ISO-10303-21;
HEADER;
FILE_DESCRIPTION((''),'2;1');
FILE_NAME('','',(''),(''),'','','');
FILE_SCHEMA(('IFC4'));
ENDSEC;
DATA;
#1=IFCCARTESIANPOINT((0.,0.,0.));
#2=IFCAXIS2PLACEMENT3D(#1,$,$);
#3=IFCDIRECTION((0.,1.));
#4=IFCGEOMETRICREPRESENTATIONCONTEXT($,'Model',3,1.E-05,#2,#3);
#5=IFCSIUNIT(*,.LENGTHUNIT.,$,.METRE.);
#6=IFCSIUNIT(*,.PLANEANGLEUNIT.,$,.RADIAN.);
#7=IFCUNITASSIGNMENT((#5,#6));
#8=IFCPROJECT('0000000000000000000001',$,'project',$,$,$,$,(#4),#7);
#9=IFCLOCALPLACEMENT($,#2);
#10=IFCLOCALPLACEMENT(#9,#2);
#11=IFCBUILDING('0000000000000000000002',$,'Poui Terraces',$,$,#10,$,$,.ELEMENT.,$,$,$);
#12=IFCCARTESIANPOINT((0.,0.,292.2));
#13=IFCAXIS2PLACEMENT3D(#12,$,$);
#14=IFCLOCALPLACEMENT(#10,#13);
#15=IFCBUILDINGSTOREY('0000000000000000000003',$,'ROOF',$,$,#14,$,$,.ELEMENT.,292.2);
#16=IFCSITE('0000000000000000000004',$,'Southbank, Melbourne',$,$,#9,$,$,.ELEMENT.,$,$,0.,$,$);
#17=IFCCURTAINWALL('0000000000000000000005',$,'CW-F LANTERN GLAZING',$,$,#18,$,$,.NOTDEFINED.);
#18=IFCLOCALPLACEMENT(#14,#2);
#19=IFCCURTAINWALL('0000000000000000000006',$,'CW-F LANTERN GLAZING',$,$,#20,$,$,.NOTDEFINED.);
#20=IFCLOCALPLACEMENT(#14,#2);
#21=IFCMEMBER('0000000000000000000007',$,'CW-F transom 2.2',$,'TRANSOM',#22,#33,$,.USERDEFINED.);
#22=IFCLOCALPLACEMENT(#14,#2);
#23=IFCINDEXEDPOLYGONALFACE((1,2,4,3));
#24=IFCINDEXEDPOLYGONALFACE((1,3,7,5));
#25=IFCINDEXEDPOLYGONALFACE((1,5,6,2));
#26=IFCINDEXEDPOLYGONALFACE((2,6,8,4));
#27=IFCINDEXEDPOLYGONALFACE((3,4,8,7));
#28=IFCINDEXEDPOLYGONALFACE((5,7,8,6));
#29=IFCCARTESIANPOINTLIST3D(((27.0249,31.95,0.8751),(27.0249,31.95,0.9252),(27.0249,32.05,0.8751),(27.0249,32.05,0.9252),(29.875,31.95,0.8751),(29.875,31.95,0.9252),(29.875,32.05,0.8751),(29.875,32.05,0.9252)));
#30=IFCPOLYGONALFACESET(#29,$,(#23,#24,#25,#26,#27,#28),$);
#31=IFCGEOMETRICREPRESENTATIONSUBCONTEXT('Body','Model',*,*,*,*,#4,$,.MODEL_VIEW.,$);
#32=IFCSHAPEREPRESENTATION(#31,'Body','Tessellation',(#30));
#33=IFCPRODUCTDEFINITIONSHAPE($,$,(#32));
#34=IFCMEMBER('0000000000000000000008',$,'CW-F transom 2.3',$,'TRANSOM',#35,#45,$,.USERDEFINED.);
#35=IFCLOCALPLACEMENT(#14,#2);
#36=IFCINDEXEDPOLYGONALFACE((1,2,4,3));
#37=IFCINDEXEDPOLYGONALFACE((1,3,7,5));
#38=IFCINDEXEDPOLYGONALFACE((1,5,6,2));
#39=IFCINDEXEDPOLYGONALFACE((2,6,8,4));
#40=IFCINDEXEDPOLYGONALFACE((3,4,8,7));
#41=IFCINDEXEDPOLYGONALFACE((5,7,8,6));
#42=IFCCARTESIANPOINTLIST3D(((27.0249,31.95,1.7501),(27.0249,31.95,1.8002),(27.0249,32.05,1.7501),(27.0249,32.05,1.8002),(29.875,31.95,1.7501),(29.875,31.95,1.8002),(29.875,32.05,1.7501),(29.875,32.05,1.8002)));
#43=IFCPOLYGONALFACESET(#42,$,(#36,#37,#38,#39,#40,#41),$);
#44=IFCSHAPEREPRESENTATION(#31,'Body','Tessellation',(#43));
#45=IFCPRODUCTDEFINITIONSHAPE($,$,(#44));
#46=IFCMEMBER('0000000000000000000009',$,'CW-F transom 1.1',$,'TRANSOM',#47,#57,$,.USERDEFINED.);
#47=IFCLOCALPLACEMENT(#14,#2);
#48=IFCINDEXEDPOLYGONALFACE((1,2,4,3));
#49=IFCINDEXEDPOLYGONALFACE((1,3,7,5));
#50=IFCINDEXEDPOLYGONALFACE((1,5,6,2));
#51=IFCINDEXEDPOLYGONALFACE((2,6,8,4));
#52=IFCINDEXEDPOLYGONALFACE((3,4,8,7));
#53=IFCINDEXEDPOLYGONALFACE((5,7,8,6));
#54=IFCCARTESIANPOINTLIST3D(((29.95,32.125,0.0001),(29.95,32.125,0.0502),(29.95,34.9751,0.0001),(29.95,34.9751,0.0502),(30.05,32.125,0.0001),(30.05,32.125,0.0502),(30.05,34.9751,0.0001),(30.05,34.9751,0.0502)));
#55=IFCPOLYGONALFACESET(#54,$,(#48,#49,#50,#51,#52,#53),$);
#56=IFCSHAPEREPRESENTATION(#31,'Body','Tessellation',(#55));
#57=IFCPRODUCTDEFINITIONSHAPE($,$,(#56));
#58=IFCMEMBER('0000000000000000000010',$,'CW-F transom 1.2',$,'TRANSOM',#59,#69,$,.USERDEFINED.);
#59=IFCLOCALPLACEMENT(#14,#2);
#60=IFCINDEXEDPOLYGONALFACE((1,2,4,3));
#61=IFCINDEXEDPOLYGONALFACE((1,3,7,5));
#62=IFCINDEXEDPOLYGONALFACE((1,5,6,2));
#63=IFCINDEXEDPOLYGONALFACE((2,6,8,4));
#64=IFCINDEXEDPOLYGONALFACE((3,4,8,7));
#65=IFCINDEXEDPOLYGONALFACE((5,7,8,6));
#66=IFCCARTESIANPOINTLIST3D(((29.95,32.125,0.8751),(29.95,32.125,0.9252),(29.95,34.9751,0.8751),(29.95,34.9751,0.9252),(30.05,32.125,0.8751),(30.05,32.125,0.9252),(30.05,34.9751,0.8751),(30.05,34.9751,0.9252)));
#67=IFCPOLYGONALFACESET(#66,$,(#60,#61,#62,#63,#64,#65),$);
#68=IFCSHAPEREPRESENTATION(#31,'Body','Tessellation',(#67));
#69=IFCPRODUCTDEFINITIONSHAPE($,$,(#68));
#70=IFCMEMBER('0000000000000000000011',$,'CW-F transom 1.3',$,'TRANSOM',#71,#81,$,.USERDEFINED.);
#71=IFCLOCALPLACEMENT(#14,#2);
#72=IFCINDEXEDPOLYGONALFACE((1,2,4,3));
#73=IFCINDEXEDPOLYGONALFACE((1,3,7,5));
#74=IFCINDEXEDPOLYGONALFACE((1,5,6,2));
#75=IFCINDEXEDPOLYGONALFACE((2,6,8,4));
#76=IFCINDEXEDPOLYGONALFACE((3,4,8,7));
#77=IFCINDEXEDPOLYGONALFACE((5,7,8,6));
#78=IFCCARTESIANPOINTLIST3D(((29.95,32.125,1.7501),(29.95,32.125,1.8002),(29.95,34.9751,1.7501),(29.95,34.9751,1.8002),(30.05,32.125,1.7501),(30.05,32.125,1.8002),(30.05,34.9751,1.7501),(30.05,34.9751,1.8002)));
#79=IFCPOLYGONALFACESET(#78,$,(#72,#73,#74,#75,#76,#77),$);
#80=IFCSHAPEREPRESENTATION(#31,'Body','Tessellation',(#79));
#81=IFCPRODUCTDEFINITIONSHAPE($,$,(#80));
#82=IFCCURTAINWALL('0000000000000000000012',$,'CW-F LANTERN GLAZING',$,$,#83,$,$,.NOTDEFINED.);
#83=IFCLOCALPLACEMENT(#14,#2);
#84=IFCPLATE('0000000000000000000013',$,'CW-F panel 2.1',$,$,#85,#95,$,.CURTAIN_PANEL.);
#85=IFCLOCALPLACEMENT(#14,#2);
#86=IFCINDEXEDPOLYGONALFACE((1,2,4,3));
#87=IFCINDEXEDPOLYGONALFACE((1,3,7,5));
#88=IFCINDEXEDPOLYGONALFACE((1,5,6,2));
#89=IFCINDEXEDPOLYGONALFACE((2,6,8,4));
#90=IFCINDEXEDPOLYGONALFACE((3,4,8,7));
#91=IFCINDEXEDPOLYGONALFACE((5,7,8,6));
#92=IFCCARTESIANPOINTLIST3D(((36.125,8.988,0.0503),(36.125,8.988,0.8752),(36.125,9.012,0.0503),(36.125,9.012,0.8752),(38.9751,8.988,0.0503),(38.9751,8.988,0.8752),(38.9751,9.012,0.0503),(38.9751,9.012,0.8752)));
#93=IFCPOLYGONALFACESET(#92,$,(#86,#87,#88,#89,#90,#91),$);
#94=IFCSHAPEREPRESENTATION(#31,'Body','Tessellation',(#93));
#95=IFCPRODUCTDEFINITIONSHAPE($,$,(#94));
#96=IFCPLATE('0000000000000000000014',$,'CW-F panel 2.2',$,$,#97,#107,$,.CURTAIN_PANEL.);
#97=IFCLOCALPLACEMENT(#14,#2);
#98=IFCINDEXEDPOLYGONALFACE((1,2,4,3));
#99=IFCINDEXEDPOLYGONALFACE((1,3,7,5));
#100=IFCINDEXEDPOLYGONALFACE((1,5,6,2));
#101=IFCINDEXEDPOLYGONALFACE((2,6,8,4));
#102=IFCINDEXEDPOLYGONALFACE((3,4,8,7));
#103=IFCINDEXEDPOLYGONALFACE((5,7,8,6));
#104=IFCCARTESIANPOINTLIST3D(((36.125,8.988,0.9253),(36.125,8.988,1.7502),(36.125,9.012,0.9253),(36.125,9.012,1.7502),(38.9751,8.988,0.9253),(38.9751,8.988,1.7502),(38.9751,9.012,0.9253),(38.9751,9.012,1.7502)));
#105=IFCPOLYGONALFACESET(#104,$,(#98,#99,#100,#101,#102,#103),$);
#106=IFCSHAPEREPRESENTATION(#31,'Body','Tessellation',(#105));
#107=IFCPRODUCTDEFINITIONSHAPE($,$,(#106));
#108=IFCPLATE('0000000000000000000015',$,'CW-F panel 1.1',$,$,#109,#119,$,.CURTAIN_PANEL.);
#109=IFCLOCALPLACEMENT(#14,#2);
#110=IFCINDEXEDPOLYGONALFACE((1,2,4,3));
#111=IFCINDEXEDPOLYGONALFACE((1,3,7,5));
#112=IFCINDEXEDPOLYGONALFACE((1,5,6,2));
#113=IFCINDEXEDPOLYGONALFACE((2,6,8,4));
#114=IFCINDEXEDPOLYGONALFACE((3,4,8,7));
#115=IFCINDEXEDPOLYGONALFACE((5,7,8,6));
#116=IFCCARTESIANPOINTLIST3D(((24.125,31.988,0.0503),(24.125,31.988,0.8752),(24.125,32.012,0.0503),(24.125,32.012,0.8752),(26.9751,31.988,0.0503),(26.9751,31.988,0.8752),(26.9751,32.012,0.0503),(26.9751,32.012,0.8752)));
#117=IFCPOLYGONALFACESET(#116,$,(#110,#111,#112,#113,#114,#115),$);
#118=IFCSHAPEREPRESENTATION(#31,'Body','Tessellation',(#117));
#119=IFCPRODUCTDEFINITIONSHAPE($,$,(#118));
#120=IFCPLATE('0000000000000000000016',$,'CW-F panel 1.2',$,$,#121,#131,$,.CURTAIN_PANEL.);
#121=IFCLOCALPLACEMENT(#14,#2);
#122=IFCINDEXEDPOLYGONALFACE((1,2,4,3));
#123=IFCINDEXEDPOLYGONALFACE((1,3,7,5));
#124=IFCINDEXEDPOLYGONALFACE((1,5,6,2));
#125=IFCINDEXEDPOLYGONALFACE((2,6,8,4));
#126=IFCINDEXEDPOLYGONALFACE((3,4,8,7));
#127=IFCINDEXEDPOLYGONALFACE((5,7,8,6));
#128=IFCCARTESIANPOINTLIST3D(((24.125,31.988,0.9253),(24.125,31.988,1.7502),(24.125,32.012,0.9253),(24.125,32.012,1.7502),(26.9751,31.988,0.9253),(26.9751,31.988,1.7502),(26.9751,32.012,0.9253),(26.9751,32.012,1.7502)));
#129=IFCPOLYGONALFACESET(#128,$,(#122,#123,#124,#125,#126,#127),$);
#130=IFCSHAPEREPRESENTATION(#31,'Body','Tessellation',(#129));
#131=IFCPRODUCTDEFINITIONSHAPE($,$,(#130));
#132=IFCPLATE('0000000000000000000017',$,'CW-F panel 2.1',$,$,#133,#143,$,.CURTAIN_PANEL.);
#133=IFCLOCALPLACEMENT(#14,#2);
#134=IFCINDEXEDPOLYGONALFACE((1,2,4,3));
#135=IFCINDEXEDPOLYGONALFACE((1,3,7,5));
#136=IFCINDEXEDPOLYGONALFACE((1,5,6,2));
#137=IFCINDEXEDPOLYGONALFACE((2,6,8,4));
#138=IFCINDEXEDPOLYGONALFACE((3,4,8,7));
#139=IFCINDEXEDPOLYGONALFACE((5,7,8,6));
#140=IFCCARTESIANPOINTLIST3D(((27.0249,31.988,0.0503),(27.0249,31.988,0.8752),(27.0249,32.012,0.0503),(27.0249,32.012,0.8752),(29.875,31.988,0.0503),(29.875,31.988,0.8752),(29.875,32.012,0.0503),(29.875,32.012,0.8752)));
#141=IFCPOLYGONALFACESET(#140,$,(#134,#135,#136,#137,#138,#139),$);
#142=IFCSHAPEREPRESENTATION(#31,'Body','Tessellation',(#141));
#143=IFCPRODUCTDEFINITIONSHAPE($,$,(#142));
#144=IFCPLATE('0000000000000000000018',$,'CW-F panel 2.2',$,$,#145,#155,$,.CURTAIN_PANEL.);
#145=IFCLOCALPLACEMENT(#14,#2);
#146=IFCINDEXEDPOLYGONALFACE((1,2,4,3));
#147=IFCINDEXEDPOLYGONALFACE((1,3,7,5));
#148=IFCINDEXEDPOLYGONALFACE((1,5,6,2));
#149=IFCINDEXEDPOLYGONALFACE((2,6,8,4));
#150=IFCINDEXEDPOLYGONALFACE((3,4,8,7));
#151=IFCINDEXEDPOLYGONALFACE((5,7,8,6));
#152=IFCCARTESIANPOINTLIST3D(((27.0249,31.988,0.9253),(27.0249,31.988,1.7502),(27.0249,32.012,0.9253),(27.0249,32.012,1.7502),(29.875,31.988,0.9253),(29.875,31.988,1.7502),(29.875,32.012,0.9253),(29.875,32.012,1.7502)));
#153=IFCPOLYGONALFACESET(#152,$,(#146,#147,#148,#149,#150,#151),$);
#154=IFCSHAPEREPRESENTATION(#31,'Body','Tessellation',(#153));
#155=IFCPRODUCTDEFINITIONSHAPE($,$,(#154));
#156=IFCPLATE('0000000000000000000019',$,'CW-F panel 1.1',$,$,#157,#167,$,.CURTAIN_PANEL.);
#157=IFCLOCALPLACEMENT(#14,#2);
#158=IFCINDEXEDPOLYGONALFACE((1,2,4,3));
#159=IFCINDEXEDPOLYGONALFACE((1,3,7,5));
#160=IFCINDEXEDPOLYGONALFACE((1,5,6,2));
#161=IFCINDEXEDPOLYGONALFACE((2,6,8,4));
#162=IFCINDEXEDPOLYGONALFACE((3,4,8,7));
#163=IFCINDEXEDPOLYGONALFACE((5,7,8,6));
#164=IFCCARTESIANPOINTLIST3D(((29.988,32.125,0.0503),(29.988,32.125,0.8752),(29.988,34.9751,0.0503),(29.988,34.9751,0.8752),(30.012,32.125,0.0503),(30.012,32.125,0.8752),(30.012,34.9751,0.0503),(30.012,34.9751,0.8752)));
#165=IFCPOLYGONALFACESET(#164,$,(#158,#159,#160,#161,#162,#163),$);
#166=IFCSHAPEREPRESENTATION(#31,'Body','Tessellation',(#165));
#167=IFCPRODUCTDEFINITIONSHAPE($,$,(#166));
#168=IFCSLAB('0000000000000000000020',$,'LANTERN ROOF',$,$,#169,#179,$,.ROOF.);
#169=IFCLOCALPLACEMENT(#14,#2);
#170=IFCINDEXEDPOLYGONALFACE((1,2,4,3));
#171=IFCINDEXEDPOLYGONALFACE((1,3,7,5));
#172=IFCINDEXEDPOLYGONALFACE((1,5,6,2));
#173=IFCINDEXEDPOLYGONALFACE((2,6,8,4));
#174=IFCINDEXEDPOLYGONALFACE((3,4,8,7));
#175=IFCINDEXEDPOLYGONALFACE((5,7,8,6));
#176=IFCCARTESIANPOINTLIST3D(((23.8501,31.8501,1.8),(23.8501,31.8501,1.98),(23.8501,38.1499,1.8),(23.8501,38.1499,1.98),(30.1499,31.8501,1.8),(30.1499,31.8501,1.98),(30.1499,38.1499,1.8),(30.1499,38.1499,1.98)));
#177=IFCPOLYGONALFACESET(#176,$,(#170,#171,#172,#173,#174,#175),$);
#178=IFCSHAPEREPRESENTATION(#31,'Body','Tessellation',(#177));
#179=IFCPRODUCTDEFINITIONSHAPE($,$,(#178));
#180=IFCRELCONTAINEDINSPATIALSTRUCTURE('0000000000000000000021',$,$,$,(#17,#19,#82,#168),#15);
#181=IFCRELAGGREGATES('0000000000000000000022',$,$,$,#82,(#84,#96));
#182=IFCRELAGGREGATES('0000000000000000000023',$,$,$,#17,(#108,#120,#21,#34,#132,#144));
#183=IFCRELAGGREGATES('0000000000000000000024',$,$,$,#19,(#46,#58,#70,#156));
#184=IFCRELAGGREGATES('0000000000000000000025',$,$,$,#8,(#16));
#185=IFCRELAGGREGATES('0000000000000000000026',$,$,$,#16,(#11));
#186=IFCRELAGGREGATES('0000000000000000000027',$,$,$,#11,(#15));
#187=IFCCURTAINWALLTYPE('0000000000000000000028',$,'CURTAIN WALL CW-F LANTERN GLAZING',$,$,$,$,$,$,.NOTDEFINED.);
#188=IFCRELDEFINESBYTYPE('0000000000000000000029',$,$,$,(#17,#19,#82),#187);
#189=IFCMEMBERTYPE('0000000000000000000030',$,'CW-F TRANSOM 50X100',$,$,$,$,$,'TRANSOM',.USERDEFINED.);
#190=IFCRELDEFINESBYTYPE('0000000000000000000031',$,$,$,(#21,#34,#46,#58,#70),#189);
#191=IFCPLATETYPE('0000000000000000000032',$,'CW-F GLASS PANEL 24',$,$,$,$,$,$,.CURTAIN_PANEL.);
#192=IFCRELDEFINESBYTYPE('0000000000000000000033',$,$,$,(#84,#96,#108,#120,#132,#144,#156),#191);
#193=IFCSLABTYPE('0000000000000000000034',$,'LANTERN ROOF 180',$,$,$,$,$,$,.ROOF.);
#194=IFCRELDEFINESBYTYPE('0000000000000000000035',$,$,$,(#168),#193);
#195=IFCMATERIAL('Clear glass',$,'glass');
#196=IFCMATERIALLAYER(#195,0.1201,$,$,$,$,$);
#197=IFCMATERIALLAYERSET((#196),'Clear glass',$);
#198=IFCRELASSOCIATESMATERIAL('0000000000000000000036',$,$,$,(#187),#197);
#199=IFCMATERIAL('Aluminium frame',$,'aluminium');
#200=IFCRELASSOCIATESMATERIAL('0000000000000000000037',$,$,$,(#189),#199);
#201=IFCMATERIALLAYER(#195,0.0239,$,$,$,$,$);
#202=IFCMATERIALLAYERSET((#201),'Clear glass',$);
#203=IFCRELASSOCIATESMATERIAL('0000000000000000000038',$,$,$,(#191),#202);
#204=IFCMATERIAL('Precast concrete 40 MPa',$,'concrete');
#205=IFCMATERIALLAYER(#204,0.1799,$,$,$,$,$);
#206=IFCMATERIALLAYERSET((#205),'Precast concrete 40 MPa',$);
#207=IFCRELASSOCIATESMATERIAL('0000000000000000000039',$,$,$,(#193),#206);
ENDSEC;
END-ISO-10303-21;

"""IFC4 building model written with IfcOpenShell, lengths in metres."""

from ifc_helpers import new_model, si_unit, direction, frame, origin, origin_2d, place, context, subcontext, project, spatial, polyline, rectangle, outline, extrude, source, transform, mapped, material, layer, layer_set, material_profile, profile_set, type_object, element, aggregate, save


model = new_model("IFC4")

# Units and contexts
model_context = context("Model", 3, precision=1e-05, world=origin(), true_north=direction((0.0, 1.0)))
body_context = subcontext(model_context, "Body", "Model", "MODEL_VIEW")
ifc_project = project(units=[si_unit("LENGTHUNIT", "METRE"), si_unit("PLANEANGLEUNIT", "RADIAN")], contexts=[model_context])

# Site, building, storey
site_placement = place(None, origin())
site = spatial("IfcSite", under=ifc_project, at=site_placement, Name="Southbank, Melbourne", CompositionType="ELEMENT", RefElevation=0.0)
building_placement = place(site_placement, origin())
building = spatial("IfcBuilding", under=site, at=building_placement, Name="Poui Terraces", CompositionType="ELEMENT")
storey_placement = place(building_placement, frame((0.0, 0.0, 292.2)))
storey = spatial("IfcBuildingStorey", under=building, at=storey_placement, Name="ROOF", CompositionType="ELEMENT", Elevation=292.2)

# Curtain wall
ifc_material_1 = material(Name="Clear glass", Category="glass")
ifc_layer_1 = layer(ifc_material_1, 0.1201)
ifc_layer_set_1 = layer_set([ifc_layer_1], Name="Clear glass")
curtain_wall_type = type_object("IfcCurtainWallType", Name="CURTAIN WALL CW-F LANTERN GLAZING", PredefinedType="NOTDEFINED", material=ifc_layer_set_1)
curtain_wall_1_placement = place(storey_placement, origin())
curtain_wall_1 = element("IfcCurtainWall", 1, at=curtain_wall_1_placement, inside=storey, type_object=curtain_wall_type, Name="CW-F LANTERN GLAZING", PredefinedType="NOTDEFINED")
ifc_material_2 = material(Name="Aluminium frame", Category="aluminium")

# Curtain wall
curtain_wall_2_placement = place(storey_placement, origin())
curtain_wall_2 = element("IfcCurtainWall", 2, at=curtain_wall_2_placement, inside=storey, type_object=curtain_wall_type, Name="CW-F LANTERN GLAZING", PredefinedType="NOTDEFINED")

# Members
ifc_material_profile_1 = material_profile(ifc_material_2, rectangle(XDim=0.1001, YDim=0.05, at=origin_2d()), Name="CW-F TRANSOM 50X100")
ifc_profile_set_1 = profile_set([ifc_material_profile_1], Name="Aluminium frame")
member_type_1 = type_object("IfcMemberType", Name="CW-F TRANSOM 50X100", ElementType="TRANSOM", PredefinedType="USERDEFINED", material=ifc_profile_set_1)
member_1_placement = place(storey_placement, frame((27.0249, 32.0, 0.9001), z_axis=(1.0, 0.0, 0.0), x_axis=(0.0, 1.0, 0.0)))
member_1 = element("IfcMember", 3, at=member_1_placement, type_object=member_type_1, Name="CW-F transom 2.2", ObjectType="TRANSOM", PredefinedType="USERDEFINED", context=body_context, shape_type="SweptSolid", body=[
    extrude(rectangle(XDim=0.1001, YDim=0.05, at=origin_2d()), origin(), (0.0, 0.0, 1.0), 2.8501),
])
member_2_placement = place(storey_placement, frame((27.0249, 32.0, 1.7751), z_axis=(1.0, 0.0, 0.0), x_axis=(0.0, 1.0, 0.0)))
member_2 = element("IfcMember", 4, at=member_2_placement, type_object=member_type_1, Name="CW-F transom 2.3", ObjectType="TRANSOM", PredefinedType="USERDEFINED", context=body_context, shape_type="SweptSolid", body=[
    extrude(rectangle(XDim=0.1001, YDim=0.05, at=origin_2d()), origin(), (0.0, 0.0, 1.0), 2.8501),
])
member_3_placement = place(storey_placement, frame((30.0, 32.125, 0.0251), z_axis=(0.0, 1.0, 0.0), x_axis=(-1.0, 0.0, 0.0)))
member_3 = element("IfcMember", 5, at=member_3_placement, type_object=member_type_1, Name="CW-F transom 1.1", ObjectType="TRANSOM", PredefinedType="USERDEFINED", context=body_context, shape_type="SweptSolid", body=[
    extrude(rectangle(XDim=0.1001, YDim=0.05, at=origin_2d()), origin(), (0.0, 0.0, 1.0), 2.8501),
])
member_4_placement = place(storey_placement, frame((30.0, 32.125, 0.9001), z_axis=(0.0, 1.0, 0.0), x_axis=(-1.0, 0.0, 0.0)))
member_4 = element("IfcMember", 6, at=member_4_placement, type_object=member_type_1, Name="CW-F transom 1.2", ObjectType="TRANSOM", PredefinedType="USERDEFINED", context=body_context, shape_type="SweptSolid", body=[
    extrude(rectangle(XDim=0.1001, YDim=0.05, at=origin_2d()), origin(), (0.0, 0.0, 1.0), 2.8501),
])
member_5_placement = place(storey_placement, frame((30.0, 32.125, 1.7751), z_axis=(0.0, 1.0, 0.0), x_axis=(-1.0, 0.0, 0.0)))
member_5 = element("IfcMember", 7, at=member_5_placement, type_object=member_type_1, Name="CW-F transom 1.3", ObjectType="TRANSOM", PredefinedType="USERDEFINED", context=body_context, shape_type="SweptSolid", body=[
    extrude(rectangle(XDim=0.1001, YDim=0.05, at=origin_2d()), origin(), (0.0, 0.0, 1.0), 2.8501),
])

# Curtain wall, plates
curtain_wall_3_placement = place(storey_placement, origin())
curtain_wall_3 = element("IfcCurtainWall", 8, at=curtain_wall_3_placement, inside=storey, type_object=curtain_wall_type, Name="CW-F LANTERN GLAZING", PredefinedType="NOTDEFINED")
ifc_layer_2 = layer(ifc_material_1, 0.0239)
ifc_layer_set_2 = layer_set([ifc_layer_2], Name="Clear glass")
plate_type = type_object("IfcPlateType", Name="CW-F GLASS PANEL 24", PredefinedType="CURTAIN_PANEL", material=ifc_layer_set_2)
plate_1_placement = place(storey_placement, frame((37.55, 9.0, 0.0503), z_axis=(0.0, 0.0, 1.0), x_axis=(-1.0, 0.0, 0.0)))
plate_1 = element("IfcPlate", 9, at=plate_1_placement, type_object=plate_type, Name="CW-F panel 2.1", PredefinedType="CURTAIN_PANEL", context=body_context, shape_type="SweptSolid", body=[
    extrude(rectangle(XDim=2.8501, YDim=0.0239, at=origin_2d()), origin(), (0.0, 0.0, 1.0), 0.825),
])
plate_2_placement = place(storey_placement, frame((37.55, 9.0, 0.9253), z_axis=(0.0, 0.0, 1.0), x_axis=(-1.0, 0.0, 0.0)))
plate_2 = element("IfcPlate", 10, at=plate_2_placement, type_object=plate_type, Name="CW-F panel 2.2", PredefinedType="CURTAIN_PANEL", context=body_context, shape_type="SweptSolid", body=[
    extrude(rectangle(XDim=2.8501, YDim=0.0239, at=origin_2d()), origin(), (0.0, 0.0, 1.0), 0.825),
])
aggregate(curtain_wall_3, [plate_1, plate_2])

# Plates
plate_3_placement = place(storey_placement, frame((25.55, 32.0, 0.0503), z_axis=(0.0, 0.0, 1.0), x_axis=(1.0, 0.0, 0.0)))
plate_3 = element("IfcPlate", 11, at=plate_3_placement, type_object=plate_type, Name="CW-F panel 1.1", PredefinedType="CURTAIN_PANEL", context=body_context, shape_type="SweptSolid", body=[
    extrude(rectangle(XDim=2.8501, YDim=0.0239, at=origin_2d()), origin(), (0.0, 0.0, 1.0), 0.825),
])
plate_4_placement = place(storey_placement, frame((25.55, 32.0, 0.9253), z_axis=(0.0, 0.0, 1.0), x_axis=(1.0, 0.0, 0.0)))
plate_4 = element("IfcPlate", 12, at=plate_4_placement, type_object=plate_type, Name="CW-F panel 1.2", PredefinedType="CURTAIN_PANEL", context=body_context, shape_type="SweptSolid", body=[
    extrude(rectangle(XDim=2.8501, YDim=0.0239, at=origin_2d()), origin(), (0.0, 0.0, 1.0), 0.825),
])
plate_5_placement = place(storey_placement, frame((28.45, 32.0, 0.0503), z_axis=(0.0, 0.0, 1.0), x_axis=(1.0, 0.0, 0.0)))
plate_5 = element("IfcPlate", 13, at=plate_5_placement, type_object=plate_type, Name="CW-F panel 2.1", PredefinedType="CURTAIN_PANEL", context=body_context, shape_type="SweptSolid", body=[
    extrude(rectangle(XDim=2.8501, YDim=0.0239, at=origin_2d()), origin(), (0.0, 0.0, 1.0), 0.825),
])
plate_6_placement = place(storey_placement, frame((28.45, 32.0, 0.9253), z_axis=(0.0, 0.0, 1.0), x_axis=(1.0, 0.0, 0.0)))
plate_6 = element("IfcPlate", 14, at=plate_6_placement, type_object=plate_type, Name="CW-F panel 2.2", PredefinedType="CURTAIN_PANEL", context=body_context, shape_type="SweptSolid", body=[
    extrude(rectangle(XDim=2.8501, YDim=0.0239, at=origin_2d()), origin(), (0.0, 0.0, 1.0), 0.825),
])
aggregate(curtain_wall_1, [plate_3, plate_4, member_1, member_2, plate_5, plate_6])
plate_7_placement = place(storey_placement, frame((30.0, 33.55, 0.0503), z_axis=(0.0, 0.0, 1.0), x_axis=(0.0, 1.0, 0.0)))
plate_7 = element("IfcPlate", 15, at=plate_7_placement, type_object=plate_type, Name="CW-F panel 1.1", PredefinedType="CURTAIN_PANEL", context=body_context, shape_type="SweptSolid", body=[
    extrude(rectangle(XDim=2.8501, YDim=0.0239, at=origin_2d()), origin(), (0.0, 0.0, 1.0), 0.825),
])
aggregate(curtain_wall_2, [member_3, member_4, member_5, plate_7])

# Slab
ifc_material_3 = material(Name="Precast concrete 40 MPa", Category="concrete")
ifc_layer_3 = layer(ifc_material_3, 0.1799)
ifc_layer_set_3 = layer_set([ifc_layer_3], Name="Precast concrete 40 MPa")
slab_type = type_object("IfcSlabType", Name="LANTERN ROOF 180", PredefinedType="ROOF", material=ifc_layer_set_3)
shared_shape_1 = source(origin(), body_context, "Body", "SweptSolid", [
    extrude(outline(polyline([(0.0, 0.0), (0.0, 6.2998), (-6.2998, 6.2998), (-6.2998, 0.0), (0.0, 0.0)])), origin(), (0.0, 0.0, 1.0), 0.1799),
])
slab_placement = place(storey_placement, frame((30.1499, 31.8501, 1.8)))
element("IfcSlab", 16, at=slab_placement, inside=storey, type_object=slab_type, Name="LANTERN ROOF", PredefinedType="ROOF", context=body_context, shape_type="MappedRepresentation", body=[
    mapped(shared_shape_1, transform((0.0, 0.0, 0.0))),
])

save(model, "model.ifc")
